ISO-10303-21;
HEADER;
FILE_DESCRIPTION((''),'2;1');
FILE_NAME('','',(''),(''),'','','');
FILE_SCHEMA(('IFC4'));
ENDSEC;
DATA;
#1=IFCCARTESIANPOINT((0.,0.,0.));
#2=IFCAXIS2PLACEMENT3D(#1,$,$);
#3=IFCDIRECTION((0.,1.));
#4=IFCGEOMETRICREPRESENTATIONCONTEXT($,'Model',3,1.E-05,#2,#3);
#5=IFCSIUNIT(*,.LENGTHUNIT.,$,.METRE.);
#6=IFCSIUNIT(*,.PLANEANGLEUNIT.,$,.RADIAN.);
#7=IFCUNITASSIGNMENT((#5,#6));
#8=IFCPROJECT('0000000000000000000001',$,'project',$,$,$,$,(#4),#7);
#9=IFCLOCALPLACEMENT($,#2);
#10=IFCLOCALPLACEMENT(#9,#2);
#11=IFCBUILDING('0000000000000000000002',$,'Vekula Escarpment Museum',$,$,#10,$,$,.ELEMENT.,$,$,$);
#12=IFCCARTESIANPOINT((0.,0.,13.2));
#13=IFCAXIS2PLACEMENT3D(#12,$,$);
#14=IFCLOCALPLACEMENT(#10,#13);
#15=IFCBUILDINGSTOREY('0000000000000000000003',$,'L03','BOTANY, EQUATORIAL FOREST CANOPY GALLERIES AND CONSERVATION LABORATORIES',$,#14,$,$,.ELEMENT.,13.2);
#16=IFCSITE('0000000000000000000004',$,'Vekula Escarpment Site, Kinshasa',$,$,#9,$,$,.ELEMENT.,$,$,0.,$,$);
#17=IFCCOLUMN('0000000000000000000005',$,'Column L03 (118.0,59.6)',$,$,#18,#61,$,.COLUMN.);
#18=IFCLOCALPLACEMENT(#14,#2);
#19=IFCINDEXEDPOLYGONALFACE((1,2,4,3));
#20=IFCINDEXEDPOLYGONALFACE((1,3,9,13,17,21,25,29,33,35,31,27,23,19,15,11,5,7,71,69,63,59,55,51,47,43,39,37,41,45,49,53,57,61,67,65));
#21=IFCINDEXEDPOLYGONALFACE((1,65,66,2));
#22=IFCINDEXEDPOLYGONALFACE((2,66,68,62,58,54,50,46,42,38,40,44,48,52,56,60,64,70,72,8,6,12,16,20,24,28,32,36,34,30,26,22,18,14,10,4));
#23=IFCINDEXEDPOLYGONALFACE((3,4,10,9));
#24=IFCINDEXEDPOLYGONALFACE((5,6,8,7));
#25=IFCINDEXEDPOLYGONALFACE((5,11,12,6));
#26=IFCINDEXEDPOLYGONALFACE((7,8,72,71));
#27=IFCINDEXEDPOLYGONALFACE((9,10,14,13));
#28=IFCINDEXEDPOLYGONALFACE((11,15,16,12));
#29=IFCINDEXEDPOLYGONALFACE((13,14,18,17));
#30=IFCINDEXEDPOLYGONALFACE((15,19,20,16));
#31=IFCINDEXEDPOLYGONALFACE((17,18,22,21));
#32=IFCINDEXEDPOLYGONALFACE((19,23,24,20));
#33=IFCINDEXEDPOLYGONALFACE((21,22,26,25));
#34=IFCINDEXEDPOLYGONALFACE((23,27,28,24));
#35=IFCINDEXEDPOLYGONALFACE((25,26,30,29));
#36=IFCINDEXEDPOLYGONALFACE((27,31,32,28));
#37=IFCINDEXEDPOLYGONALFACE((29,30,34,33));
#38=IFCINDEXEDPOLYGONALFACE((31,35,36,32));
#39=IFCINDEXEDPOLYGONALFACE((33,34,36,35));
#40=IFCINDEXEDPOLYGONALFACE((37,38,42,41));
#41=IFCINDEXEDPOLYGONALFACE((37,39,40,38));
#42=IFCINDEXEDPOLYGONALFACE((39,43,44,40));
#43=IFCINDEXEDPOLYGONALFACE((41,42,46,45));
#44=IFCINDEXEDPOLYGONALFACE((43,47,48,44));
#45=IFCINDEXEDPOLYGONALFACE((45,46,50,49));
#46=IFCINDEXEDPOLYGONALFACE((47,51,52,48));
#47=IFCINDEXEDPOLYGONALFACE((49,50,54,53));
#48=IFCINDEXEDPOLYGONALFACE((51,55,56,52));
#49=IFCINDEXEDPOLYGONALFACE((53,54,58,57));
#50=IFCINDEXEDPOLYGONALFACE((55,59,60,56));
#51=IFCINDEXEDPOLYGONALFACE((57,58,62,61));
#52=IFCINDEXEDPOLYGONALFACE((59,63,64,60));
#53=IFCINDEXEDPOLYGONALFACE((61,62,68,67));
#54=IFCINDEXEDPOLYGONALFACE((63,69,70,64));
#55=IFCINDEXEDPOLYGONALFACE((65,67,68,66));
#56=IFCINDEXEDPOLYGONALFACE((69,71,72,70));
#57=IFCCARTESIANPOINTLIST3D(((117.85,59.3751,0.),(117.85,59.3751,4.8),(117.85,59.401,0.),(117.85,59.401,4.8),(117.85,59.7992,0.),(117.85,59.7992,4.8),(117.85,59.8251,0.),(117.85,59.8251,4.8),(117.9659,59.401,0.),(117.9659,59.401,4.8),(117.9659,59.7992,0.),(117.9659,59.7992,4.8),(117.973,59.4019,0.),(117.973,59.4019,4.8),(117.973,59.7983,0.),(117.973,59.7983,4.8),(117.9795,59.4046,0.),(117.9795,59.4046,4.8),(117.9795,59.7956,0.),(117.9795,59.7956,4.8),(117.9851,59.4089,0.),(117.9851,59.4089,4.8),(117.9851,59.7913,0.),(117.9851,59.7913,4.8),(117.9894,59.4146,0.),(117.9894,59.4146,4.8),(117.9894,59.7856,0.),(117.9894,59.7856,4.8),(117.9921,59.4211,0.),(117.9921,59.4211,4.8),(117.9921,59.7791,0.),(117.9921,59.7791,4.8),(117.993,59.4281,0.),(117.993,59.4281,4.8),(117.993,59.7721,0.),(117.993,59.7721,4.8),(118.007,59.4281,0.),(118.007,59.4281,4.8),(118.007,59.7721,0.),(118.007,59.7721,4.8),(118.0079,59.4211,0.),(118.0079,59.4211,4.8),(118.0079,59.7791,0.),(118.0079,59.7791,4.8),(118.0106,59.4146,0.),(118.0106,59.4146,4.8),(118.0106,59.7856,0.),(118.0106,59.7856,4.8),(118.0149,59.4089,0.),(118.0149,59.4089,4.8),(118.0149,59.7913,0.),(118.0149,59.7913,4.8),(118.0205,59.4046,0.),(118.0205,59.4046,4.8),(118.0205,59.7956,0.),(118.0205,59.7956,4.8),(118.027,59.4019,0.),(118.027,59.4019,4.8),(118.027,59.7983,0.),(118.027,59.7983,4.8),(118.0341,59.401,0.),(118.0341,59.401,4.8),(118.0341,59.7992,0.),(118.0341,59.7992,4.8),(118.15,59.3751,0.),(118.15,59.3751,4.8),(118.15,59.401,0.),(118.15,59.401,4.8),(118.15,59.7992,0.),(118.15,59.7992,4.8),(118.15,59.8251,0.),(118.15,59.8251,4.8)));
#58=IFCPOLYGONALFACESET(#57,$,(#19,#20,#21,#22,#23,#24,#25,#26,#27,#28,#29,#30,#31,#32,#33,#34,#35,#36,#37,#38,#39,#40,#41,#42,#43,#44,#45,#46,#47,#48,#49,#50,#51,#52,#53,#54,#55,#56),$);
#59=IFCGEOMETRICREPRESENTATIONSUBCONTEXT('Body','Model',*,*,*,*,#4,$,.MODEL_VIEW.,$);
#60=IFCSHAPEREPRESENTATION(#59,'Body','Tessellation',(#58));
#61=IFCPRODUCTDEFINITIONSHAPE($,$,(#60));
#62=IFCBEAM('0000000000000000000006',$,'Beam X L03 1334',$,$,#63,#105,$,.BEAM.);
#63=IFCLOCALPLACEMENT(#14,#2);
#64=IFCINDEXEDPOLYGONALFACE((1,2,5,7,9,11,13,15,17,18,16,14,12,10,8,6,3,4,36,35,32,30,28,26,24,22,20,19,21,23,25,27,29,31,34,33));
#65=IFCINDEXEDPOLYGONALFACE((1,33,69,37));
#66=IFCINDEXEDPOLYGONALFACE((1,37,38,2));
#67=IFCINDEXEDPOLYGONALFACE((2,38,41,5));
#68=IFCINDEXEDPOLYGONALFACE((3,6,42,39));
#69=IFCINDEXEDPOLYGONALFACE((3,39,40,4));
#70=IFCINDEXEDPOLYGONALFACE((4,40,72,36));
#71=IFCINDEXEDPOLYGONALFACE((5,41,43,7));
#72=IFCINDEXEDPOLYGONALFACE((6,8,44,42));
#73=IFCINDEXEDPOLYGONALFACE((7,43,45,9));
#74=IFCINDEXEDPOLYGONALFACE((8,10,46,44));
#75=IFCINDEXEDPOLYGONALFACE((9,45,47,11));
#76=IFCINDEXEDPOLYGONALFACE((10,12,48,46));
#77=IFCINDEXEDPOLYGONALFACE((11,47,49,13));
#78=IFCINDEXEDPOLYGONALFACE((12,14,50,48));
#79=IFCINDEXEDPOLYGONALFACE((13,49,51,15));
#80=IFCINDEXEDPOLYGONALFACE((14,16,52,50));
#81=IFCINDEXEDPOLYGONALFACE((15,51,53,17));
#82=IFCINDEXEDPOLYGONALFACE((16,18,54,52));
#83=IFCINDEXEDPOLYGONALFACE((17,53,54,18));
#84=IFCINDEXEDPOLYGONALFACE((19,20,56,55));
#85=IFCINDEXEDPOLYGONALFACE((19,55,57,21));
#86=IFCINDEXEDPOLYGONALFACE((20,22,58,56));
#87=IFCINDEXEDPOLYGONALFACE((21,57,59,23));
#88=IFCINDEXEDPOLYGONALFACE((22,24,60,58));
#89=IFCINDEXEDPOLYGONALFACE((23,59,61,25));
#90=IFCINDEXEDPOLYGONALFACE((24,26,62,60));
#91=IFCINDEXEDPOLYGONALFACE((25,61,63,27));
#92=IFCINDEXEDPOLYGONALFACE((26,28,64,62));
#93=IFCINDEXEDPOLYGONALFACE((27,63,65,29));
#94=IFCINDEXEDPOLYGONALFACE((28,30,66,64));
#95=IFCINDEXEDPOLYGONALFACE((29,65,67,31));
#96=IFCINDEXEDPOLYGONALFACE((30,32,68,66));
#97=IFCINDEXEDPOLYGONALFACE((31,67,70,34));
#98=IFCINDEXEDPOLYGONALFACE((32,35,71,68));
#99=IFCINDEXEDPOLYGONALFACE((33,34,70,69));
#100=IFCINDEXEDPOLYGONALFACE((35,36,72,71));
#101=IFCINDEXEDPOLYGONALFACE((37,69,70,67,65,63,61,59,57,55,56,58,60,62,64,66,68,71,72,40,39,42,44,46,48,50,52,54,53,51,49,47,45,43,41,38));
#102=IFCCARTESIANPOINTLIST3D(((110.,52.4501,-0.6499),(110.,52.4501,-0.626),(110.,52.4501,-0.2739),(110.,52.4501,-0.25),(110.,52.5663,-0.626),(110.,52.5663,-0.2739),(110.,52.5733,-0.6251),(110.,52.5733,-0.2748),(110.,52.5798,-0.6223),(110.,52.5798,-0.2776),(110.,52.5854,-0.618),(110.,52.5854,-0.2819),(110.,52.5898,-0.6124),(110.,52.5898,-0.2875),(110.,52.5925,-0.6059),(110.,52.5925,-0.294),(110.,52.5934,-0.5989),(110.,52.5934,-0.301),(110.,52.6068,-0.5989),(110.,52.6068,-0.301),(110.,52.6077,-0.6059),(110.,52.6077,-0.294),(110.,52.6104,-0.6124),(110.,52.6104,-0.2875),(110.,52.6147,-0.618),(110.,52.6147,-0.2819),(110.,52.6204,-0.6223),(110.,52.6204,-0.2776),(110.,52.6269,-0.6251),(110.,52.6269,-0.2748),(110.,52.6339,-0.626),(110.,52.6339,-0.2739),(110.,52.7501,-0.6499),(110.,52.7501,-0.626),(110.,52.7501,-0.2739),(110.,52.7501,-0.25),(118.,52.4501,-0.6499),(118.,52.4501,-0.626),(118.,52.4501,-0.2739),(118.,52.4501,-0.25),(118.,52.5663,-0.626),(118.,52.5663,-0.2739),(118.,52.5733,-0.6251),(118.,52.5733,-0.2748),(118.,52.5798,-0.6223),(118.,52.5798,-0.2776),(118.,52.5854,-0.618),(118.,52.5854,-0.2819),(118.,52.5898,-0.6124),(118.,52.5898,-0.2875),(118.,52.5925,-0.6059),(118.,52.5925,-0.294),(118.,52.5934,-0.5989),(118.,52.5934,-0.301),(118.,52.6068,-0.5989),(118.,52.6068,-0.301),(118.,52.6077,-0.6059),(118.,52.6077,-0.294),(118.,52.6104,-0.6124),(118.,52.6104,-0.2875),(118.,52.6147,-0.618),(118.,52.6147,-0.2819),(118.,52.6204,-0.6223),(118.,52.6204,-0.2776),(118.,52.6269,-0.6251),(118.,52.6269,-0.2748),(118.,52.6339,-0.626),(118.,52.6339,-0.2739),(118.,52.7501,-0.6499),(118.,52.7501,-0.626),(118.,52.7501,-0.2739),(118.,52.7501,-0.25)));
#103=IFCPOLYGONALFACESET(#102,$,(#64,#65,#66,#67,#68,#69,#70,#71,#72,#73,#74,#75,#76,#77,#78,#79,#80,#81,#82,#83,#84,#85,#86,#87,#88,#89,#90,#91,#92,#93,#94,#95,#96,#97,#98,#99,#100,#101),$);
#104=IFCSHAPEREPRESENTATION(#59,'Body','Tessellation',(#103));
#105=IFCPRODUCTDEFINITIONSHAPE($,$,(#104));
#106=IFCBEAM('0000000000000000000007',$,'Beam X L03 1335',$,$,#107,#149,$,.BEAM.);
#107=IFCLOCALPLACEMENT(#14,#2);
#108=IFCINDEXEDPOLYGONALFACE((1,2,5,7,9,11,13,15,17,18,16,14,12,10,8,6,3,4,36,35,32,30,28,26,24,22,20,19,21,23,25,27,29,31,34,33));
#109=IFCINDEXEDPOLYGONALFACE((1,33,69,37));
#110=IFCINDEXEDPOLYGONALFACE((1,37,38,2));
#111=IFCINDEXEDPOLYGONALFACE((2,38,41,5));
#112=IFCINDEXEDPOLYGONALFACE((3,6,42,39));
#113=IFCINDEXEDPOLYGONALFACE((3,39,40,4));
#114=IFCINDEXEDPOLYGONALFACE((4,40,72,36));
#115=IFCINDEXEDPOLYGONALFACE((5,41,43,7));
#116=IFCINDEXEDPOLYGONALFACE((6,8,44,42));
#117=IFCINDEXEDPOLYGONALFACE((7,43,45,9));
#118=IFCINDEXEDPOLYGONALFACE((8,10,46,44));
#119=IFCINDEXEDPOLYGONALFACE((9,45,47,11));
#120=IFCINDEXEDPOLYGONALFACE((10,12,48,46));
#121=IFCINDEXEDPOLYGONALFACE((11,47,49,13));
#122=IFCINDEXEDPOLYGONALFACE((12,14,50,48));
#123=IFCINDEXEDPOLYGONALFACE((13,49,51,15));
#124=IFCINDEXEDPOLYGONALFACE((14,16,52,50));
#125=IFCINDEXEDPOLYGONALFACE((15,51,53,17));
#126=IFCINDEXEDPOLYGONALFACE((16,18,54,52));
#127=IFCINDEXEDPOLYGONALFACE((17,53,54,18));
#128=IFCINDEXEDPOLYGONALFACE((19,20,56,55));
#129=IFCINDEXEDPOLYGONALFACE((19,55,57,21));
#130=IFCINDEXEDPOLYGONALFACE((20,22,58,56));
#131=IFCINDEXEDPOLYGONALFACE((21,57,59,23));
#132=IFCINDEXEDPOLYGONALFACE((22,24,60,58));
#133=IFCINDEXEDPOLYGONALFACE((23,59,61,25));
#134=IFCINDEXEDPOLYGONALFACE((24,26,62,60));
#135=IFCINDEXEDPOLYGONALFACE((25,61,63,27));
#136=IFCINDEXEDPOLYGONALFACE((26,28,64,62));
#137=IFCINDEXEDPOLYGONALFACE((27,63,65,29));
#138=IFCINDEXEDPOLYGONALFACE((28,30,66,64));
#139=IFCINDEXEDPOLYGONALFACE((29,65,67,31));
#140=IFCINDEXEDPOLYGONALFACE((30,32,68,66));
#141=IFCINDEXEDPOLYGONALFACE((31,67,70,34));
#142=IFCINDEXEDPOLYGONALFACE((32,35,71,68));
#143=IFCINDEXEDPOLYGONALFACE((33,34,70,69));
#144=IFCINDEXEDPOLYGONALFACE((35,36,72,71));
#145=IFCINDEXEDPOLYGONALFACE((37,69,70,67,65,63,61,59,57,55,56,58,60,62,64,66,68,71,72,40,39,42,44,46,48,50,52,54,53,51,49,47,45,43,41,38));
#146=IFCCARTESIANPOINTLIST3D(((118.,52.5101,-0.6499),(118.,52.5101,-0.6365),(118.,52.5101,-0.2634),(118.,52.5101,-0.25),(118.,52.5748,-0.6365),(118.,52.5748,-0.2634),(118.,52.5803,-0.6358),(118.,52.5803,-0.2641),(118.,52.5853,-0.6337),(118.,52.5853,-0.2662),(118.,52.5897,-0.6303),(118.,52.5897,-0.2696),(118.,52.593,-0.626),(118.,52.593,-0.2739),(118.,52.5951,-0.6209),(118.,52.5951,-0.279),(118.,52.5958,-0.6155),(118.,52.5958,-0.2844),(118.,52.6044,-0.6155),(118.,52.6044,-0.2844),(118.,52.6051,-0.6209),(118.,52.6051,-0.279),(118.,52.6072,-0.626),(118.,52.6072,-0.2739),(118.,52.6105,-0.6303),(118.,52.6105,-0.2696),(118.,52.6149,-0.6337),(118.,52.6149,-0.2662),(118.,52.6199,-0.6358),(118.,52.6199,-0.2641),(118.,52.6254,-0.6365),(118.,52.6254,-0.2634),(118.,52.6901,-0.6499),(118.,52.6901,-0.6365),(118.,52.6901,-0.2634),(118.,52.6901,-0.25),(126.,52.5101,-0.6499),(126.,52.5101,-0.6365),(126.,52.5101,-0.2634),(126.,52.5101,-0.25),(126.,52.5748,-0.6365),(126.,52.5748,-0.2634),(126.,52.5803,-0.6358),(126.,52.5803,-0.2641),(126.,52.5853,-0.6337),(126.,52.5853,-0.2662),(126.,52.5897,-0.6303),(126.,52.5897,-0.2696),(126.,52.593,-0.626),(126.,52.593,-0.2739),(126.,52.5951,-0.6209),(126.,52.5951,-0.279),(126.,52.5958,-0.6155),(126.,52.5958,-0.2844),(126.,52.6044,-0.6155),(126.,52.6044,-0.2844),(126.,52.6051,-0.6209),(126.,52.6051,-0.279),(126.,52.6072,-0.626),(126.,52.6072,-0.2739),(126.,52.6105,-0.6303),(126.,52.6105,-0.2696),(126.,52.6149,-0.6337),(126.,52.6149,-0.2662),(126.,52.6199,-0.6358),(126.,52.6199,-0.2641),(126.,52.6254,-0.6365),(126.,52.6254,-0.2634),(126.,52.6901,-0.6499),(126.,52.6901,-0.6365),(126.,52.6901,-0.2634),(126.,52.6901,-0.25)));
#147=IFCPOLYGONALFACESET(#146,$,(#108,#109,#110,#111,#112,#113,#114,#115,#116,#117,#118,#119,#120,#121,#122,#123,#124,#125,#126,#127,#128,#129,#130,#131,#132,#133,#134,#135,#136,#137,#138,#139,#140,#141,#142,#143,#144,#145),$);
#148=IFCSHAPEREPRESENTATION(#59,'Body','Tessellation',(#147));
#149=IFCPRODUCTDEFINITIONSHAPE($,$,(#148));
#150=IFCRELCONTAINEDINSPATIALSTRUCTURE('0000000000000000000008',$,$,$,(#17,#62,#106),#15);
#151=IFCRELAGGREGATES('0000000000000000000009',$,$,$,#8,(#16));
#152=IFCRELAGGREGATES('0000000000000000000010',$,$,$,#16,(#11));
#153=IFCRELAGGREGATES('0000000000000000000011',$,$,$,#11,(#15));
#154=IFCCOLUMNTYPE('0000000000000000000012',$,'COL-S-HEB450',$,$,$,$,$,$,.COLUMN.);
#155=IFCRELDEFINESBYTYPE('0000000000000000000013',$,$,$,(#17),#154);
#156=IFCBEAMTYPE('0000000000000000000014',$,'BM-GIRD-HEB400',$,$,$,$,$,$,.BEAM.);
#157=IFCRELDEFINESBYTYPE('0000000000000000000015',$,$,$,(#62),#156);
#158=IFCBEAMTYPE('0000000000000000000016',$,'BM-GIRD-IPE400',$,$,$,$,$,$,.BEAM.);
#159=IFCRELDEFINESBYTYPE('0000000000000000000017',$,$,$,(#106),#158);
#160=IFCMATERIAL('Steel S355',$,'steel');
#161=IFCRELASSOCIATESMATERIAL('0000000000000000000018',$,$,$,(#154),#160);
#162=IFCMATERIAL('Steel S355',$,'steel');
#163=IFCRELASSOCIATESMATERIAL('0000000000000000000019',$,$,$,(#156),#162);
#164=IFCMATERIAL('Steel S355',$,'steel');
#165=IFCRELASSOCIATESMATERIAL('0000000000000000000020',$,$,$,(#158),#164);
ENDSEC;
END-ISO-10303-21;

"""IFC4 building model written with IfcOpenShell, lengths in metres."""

from ifc_helpers import new_model, si_unit, direction, frame, origin, origin_2d, place, context, subcontext, project, spatial, i_section, extrude, material, material_profile, profile_set, type_object, element, save


model = new_model("IFC4")

# Units and contexts
model_context = context("Model", 3, precision=1e-05, world=origin(), true_north=direction((0.0, 1.0)))
body_context = subcontext(model_context, "Body", "Model", "MODEL_VIEW")
ifc_project = project(units=[si_unit("LENGTHUNIT", "METRE"), si_unit("PLANEANGLEUNIT", "RADIAN")], contexts=[model_context])

# Site, building, storey
site_placement = place(None, origin())
site = spatial("IfcSite", under=ifc_project, at=site_placement, Name="Vekula Escarpment Site, Kinshasa", CompositionType="ELEMENT", RefElevation=0.0)
building_placement = place(site_placement, origin())
building = spatial("IfcBuilding", under=site, at=building_placement, Name="Vekula Escarpment Museum", CompositionType="ELEMENT")
storey_placement = place(building_placement, frame((0.0, 0.0, 13.2)))
storey = spatial("IfcBuildingStorey", under=building, at=storey_placement, Name="L03", Description="BOTANY, EQUATORIAL FOREST CANOPY GALLERIES AND CONSERVATION LABORATORIES", CompositionType="ELEMENT", Elevation=13.2)

# Column
ifc_material_1 = material(Name="Steel S355", Category="steel")
ifc_material_profile_1 = material_profile(ifc_material_1, i_section(OverallWidth=0.3, OverallDepth=0.45, WebThickness=0.0139, FlangeThickness=0.0259, FilletRadius=0.0271, at=origin_2d()), Name="HEB 450")
ifc_profile_set_1 = profile_set([ifc_material_profile_1], Name="Steel S355")
column_type = type_object("IfcColumnType", Name="COL-S-HEB450", PredefinedType="COLUMN", material=ifc_profile_set_1)
for number, where, z_axis, x_axis, name in (
    (1, (118.0, 59.6001, 0.0), (0.0, 0.0, 1.0), (1.0, 0.0, 0.0), "Column L03 (118.0,59.6)"),
):
    element("IfcColumn", number, at=place(storey_placement, frame(where, z_axis=z_axis, x_axis=x_axis)), inside=storey, type_object=column_type, Name=name, PredefinedType="COLUMN", context=body_context, shape_type="SweptSolid", body=[
        extrude(i_section(OverallWidth=0.3, OverallDepth=0.45, WebThickness=0.0139, FlangeThickness=0.0259, FilletRadius=0.0271, at=origin_2d()), origin(), (0.0, 0.0, 1.0), 4.8),
    ])

# Beams
ifc_material_2 = material(Name="Steel S355", Category="steel")
ifc_material_profile_2 = material_profile(ifc_material_2, i_section(OverallWidth=0.3, OverallDepth=0.3999, WebThickness=0.0134, FlangeThickness=0.0239, FilletRadius=0.0271, at=origin_2d()), Name="HEB 400")
ifc_profile_set_2 = profile_set([ifc_material_profile_2], Name="Steel S355")
beam_type_1 = type_object("IfcBeamType", Name="BM-GIRD-HEB400", PredefinedType="BEAM", material=ifc_profile_set_2)
beam_1_placement = place(storey_placement, frame((110.0, 52.6001, -0.45), z_axis=(1.0, 0.0, 0.0), x_axis=(0.0, 1.0, 0.0)))
element("IfcBeam", 2, at=beam_1_placement, inside=storey, type_object=beam_type_1, Name="Beam X L03 1334", PredefinedType="BEAM", context=body_context, shape_type="SweptSolid", body=[
    extrude(i_section(OverallWidth=0.3, OverallDepth=0.3999, WebThickness=0.0134, FlangeThickness=0.0239, FilletRadius=0.0271, at=origin_2d()), origin(), (0.0, 0.0, 1.0), 8.0),
])
ifc_material_3 = material(Name="Steel S355", Category="steel")
ifc_material_profile_3 = material_profile(ifc_material_3, i_section(OverallWidth=0.1799, OverallDepth=0.3999, WebThickness=0.0085, FlangeThickness=0.0134, FilletRadius=0.021, at=origin_2d()), Name="IPE 400")
ifc_profile_set_3 = profile_set([ifc_material_profile_3], Name="Steel S355")
beam_type_2 = type_object("IfcBeamType", Name="BM-GIRD-IPE400", PredefinedType="BEAM", material=ifc_profile_set_3)
beam_2_placement = place(storey_placement, frame((118.0, 52.6001, -0.45), z_axis=(1.0, 0.0, 0.0), x_axis=(0.0, 1.0, 0.0)))
element("IfcBeam", 3, at=beam_2_placement, inside=storey, type_object=beam_type_2, Name="Beam X L03 1335", PredefinedType="BEAM", context=body_context, shape_type="SweptSolid", body=[
    extrude(i_section(OverallWidth=0.1799, OverallDepth=0.3999, WebThickness=0.0085, FlangeThickness=0.0134, FilletRadius=0.021, at=origin_2d()), origin(), (0.0, 0.0, 1.0), 8.0),
])

save(model, "model.ifc")
